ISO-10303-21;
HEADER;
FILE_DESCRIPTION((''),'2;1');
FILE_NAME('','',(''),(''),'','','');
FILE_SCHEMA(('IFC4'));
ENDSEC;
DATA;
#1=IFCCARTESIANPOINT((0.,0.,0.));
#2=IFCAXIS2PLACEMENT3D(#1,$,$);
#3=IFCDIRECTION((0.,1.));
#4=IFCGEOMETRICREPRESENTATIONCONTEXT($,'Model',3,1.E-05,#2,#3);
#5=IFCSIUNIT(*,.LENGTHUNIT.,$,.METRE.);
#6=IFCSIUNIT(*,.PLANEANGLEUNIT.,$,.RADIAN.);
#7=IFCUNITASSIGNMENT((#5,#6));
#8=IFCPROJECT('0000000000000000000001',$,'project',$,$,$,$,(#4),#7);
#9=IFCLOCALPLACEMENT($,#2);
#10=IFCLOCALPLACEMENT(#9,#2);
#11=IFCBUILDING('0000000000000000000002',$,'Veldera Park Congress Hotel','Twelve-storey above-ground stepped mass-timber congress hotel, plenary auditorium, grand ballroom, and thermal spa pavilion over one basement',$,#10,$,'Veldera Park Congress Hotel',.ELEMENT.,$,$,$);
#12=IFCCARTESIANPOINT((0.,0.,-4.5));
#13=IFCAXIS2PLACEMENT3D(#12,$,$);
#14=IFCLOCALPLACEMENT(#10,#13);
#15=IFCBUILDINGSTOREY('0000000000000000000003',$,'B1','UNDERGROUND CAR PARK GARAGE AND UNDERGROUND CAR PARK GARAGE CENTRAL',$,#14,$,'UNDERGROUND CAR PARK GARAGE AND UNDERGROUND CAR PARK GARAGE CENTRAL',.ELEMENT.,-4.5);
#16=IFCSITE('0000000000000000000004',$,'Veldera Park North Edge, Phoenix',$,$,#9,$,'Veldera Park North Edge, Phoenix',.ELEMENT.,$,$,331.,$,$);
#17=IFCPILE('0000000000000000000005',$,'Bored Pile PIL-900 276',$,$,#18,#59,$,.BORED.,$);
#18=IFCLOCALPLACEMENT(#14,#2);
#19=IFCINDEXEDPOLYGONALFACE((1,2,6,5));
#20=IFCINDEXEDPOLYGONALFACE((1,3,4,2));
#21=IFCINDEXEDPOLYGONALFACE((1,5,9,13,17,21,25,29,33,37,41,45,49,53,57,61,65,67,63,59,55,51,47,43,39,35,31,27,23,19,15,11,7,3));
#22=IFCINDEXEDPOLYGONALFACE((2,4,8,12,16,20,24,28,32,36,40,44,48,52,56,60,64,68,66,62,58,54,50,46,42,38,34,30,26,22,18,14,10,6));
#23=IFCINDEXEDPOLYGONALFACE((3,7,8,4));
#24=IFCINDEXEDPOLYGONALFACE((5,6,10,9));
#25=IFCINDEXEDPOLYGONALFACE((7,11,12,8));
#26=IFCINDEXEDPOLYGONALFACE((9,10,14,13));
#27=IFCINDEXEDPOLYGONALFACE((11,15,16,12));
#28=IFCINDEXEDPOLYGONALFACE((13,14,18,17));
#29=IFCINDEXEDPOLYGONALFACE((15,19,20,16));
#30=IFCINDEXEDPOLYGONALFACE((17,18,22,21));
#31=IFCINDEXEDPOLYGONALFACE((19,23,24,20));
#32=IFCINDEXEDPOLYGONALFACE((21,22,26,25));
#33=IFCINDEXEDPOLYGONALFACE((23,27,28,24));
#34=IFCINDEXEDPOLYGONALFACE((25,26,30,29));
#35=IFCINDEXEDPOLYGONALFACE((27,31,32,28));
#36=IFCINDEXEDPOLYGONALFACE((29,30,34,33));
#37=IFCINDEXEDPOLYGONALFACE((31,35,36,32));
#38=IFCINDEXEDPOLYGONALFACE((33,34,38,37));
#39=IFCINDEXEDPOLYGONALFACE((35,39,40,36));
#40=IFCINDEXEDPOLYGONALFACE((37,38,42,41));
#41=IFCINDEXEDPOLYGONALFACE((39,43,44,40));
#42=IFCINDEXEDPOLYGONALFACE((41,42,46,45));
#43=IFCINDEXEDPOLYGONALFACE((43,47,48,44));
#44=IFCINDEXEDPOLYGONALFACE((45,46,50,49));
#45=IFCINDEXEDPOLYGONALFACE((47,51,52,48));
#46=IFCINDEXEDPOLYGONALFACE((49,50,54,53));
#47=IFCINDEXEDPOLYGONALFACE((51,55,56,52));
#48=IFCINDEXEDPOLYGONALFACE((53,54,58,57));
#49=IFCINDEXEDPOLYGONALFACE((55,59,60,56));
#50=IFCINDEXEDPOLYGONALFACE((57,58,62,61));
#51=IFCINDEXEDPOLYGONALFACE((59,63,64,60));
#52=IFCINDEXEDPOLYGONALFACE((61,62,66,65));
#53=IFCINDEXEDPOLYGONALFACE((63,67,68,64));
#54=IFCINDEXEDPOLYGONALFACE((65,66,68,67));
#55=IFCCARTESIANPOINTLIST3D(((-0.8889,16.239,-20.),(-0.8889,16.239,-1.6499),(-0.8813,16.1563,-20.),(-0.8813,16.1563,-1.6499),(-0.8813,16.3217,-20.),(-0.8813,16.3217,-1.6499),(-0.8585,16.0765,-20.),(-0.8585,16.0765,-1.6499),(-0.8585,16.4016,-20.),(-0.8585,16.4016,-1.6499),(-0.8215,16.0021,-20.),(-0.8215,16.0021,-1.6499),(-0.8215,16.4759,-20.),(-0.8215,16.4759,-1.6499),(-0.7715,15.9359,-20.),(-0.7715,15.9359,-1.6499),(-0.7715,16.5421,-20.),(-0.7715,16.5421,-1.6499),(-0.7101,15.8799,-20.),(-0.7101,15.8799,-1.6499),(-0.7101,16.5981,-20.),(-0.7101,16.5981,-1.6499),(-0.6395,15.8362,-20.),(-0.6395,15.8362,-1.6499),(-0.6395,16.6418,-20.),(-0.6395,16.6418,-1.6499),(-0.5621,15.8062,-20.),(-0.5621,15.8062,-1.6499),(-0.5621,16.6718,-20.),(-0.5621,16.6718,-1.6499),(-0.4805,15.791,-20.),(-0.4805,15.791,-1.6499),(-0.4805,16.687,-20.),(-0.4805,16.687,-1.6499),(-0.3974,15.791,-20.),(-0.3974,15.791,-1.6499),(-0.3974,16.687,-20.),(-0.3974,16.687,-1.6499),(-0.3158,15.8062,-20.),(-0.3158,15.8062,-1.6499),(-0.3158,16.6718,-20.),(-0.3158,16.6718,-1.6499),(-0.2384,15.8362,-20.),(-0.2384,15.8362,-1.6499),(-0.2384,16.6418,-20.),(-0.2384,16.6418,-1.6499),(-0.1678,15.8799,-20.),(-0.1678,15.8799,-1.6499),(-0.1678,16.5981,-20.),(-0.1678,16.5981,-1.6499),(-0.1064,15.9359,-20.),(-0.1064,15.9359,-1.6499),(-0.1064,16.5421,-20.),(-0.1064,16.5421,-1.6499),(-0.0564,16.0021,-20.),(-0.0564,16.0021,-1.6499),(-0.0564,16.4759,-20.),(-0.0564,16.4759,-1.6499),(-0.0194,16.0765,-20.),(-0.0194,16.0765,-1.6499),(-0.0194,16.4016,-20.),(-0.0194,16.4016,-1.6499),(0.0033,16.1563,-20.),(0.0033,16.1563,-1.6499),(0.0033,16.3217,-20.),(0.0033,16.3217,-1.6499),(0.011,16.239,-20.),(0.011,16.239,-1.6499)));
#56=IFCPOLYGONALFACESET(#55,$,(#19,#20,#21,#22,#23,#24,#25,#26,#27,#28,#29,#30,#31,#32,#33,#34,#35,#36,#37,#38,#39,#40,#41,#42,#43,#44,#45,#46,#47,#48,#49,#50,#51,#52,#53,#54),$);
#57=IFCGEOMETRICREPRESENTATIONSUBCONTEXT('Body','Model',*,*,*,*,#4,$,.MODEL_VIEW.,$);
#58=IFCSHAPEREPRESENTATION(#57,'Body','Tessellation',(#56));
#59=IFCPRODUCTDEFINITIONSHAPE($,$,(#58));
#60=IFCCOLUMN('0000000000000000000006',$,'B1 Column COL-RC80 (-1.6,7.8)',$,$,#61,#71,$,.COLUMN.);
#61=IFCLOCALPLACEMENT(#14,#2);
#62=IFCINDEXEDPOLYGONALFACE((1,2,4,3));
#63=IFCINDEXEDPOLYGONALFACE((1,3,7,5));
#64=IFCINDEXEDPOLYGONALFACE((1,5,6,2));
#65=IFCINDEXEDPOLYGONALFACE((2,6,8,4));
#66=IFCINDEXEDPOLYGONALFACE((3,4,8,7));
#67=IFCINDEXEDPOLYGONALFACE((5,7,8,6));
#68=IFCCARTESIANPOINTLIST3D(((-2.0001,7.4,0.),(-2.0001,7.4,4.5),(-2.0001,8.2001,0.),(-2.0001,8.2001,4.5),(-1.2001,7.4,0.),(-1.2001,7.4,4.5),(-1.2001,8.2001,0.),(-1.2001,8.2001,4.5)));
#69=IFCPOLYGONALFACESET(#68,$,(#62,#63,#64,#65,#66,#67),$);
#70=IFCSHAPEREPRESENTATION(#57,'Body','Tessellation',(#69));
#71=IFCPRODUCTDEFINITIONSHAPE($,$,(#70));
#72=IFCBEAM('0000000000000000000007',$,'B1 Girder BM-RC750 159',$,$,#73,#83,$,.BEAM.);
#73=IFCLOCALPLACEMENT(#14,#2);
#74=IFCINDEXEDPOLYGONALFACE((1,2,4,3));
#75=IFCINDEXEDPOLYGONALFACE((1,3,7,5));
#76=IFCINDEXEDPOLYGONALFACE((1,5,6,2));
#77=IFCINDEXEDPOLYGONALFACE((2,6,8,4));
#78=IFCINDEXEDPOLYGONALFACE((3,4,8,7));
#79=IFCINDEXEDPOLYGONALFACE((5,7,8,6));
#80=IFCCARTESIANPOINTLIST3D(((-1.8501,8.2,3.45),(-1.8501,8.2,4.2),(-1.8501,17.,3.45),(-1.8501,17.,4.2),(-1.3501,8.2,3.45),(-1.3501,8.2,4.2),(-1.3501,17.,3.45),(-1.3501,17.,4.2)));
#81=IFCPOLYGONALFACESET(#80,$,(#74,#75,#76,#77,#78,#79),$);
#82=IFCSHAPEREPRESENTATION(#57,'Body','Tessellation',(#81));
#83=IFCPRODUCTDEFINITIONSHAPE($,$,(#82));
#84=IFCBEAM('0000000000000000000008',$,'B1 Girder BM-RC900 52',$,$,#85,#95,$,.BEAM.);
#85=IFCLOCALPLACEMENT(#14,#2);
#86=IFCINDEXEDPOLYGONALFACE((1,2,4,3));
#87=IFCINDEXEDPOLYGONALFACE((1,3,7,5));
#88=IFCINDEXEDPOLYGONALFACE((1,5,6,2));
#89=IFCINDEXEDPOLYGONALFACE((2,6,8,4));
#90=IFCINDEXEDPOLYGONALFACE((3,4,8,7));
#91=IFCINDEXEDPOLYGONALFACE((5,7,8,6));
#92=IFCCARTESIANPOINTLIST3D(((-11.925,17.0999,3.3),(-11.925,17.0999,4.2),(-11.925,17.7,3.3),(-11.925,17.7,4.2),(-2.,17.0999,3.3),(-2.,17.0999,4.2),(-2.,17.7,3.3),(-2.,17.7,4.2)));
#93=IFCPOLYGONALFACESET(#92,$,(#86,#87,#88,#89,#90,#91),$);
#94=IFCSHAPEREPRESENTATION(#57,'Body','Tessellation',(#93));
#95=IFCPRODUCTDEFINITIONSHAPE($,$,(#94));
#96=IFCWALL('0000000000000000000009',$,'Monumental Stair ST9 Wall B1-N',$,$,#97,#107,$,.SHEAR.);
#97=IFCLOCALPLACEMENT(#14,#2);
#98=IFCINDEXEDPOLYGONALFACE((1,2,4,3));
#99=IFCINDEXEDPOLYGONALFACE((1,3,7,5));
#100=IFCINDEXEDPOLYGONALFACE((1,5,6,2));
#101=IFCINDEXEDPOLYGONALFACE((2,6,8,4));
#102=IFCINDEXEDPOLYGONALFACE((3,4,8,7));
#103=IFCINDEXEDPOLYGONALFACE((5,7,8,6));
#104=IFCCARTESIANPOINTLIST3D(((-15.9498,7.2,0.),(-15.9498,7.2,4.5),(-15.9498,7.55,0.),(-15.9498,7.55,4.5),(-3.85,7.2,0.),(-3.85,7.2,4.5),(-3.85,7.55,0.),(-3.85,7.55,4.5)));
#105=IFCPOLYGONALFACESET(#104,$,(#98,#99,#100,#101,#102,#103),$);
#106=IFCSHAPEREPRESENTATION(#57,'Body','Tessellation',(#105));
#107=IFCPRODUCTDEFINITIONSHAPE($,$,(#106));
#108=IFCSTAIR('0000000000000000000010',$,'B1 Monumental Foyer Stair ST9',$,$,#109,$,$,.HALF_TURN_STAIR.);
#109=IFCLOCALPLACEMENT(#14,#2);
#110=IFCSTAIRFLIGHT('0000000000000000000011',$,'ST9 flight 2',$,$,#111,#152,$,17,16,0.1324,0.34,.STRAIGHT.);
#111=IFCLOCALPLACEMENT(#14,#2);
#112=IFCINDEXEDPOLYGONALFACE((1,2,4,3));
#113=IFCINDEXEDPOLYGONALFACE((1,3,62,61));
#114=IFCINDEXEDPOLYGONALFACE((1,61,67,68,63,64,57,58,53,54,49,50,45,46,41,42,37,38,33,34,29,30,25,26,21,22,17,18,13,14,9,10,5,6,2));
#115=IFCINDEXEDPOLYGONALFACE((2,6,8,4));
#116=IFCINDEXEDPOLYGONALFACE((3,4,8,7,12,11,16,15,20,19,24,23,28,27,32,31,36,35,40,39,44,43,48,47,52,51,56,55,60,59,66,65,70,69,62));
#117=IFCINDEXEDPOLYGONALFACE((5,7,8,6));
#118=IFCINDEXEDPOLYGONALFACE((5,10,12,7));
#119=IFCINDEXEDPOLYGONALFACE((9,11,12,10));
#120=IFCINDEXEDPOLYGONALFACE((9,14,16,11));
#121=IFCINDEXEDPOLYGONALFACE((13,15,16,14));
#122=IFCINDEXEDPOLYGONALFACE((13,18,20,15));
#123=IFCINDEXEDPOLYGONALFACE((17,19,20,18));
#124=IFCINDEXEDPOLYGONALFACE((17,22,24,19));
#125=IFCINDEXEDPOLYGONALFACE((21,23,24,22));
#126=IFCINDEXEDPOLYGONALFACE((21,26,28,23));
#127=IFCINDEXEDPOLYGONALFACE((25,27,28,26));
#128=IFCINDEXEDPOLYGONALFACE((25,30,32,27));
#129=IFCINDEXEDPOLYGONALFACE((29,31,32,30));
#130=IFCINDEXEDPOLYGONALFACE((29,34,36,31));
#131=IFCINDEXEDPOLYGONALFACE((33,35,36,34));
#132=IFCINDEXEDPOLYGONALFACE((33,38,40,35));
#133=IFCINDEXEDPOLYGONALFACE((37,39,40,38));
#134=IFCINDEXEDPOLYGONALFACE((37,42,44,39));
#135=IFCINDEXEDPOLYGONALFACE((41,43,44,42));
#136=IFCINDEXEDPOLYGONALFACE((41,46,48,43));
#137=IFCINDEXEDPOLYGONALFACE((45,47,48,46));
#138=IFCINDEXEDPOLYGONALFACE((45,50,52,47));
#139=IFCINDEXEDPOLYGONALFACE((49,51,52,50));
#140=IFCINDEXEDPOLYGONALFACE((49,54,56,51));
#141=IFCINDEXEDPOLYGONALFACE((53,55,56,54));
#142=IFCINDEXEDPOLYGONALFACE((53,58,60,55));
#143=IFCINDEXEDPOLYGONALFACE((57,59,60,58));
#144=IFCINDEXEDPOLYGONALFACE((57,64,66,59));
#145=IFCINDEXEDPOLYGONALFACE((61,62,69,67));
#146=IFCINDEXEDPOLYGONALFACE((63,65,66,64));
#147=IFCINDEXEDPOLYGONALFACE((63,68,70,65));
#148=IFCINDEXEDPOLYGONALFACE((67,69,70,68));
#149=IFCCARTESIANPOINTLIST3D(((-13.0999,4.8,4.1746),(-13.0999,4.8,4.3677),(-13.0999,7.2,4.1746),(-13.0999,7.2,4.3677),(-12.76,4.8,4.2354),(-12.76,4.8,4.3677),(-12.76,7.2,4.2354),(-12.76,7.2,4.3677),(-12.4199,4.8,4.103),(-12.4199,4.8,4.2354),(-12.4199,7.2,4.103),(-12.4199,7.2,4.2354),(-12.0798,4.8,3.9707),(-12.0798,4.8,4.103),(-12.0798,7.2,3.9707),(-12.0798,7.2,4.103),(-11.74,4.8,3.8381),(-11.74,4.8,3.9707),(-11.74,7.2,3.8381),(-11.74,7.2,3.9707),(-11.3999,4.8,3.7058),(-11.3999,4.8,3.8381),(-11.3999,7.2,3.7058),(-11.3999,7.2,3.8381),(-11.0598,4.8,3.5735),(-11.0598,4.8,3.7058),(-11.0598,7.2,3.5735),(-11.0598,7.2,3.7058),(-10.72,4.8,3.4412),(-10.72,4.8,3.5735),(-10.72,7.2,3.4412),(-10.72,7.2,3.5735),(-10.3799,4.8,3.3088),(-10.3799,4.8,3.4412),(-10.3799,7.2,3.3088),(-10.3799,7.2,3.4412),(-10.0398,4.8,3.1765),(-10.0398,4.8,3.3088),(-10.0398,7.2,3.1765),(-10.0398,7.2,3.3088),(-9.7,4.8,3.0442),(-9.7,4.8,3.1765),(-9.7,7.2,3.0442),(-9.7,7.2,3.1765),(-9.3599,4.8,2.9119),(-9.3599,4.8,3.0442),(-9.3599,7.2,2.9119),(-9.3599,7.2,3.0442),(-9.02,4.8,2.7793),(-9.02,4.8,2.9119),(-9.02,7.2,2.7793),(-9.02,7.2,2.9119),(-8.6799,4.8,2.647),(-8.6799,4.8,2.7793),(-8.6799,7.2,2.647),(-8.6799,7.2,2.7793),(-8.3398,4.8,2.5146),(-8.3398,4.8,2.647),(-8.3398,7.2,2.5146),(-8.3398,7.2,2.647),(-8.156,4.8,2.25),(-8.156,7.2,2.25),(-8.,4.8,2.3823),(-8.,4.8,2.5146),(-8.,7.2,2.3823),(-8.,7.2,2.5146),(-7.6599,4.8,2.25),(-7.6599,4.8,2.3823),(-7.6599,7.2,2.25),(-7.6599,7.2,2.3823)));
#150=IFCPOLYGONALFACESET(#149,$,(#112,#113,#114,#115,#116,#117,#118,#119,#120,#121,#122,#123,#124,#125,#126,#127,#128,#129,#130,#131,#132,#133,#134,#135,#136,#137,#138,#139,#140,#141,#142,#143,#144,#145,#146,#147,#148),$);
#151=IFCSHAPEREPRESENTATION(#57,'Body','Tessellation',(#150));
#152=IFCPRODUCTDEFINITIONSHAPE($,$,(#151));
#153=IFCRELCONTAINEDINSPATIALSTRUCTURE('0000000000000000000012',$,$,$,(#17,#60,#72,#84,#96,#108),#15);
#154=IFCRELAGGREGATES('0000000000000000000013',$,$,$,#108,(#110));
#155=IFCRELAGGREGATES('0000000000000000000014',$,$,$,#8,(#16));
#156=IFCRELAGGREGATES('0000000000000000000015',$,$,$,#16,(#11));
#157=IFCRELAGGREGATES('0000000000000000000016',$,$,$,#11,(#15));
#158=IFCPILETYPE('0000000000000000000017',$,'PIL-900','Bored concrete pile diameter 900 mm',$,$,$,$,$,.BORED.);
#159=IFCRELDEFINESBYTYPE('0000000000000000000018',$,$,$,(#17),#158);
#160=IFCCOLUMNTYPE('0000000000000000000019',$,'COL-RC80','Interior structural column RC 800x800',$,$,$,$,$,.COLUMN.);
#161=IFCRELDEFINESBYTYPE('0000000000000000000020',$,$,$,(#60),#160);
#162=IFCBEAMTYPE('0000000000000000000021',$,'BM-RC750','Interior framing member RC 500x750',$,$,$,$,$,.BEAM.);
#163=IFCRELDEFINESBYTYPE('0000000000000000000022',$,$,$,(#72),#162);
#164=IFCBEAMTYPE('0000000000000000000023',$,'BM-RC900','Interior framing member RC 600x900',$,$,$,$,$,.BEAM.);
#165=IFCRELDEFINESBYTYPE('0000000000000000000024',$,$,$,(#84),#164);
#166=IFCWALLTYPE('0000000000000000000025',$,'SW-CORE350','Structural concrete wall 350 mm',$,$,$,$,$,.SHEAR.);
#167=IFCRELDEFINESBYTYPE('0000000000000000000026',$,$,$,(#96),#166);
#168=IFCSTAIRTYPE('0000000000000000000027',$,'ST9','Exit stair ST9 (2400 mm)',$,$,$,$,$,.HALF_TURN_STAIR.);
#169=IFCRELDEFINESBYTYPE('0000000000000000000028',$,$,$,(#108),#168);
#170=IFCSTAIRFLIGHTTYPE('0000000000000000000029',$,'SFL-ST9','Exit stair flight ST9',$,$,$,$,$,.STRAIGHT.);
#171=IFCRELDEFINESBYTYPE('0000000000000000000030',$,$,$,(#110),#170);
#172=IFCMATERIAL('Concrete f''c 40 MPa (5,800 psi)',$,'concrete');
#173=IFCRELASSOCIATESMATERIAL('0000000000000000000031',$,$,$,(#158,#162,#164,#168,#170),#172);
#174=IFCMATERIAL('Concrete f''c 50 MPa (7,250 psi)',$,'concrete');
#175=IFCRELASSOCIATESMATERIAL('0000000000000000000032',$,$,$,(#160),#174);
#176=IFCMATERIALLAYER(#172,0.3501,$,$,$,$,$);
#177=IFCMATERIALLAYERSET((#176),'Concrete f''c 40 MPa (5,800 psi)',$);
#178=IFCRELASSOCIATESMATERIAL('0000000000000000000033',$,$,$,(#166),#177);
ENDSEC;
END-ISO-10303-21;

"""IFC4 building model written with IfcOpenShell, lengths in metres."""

from ifc_helpers import new_model, si_unit, direction, frame, frame_2d, origin, origin_2d, place, context, subcontext, project, spatial, polyline, rectangle, circle, outline, extrude, material, layer, layer_set, material_profile, profile_set, type_object, element, aggregate, save


model = new_model("IFC4")

# Units and contexts
model_context = context("Model", 3, precision=1e-05, world=origin(), true_north=direction((0.0, 1.0)))
body_context = subcontext(model_context, "Body", "Model", "MODEL_VIEW")
ifc_project = project(units=[si_unit("LENGTHUNIT", "METRE"), si_unit("PLANEANGLEUNIT", "RADIAN")], contexts=[model_context])

# Site, building, storey
site_placement = place(None, origin())
site = spatial("IfcSite", under=ifc_project, at=site_placement, Name="Veldera Park North Edge, Phoenix", LongName="Veldera Park North Edge, Phoenix", CompositionType="ELEMENT", RefElevation=331.0)
building_placement = place(site_placement, origin())
building = spatial("IfcBuilding", under=site, at=building_placement, Name="Veldera Park Congress Hotel", Description="Twelve-storey above-ground stepped mass-timber congress hotel, plenary auditorium, grand ballroom, and thermal spa pavilion over one basement", LongName="Veldera Park Congress Hotel", CompositionType="ELEMENT")
storey_placement = place(building_placement, frame((0.0, 0.0, -4.5)))
storey = spatial("IfcBuildingStorey", under=building, at=storey_placement, Name="B1", Description="UNDERGROUND CAR PARK GARAGE AND UNDERGROUND CAR PARK GARAGE CENTRAL", LongName="UNDERGROUND CAR PARK GARAGE AND UNDERGROUND CAR PARK GARAGE CENTRAL", CompositionType="ELEMENT", Elevation=-4.5)

# Shared definitions
ifc_material_1 = material(Name="Concrete f'c 40 MPa (5,800 psi)", Category="concrete")

# Pile
ifc_material_profile_1 = material_profile(ifc_material_1, circle(Radius=0.45, at=origin_2d()), Name="PILE D900")
ifc_profile_set_1 = profile_set([ifc_material_profile_1], Name="Concrete f'c 40 MPa (5,800 psi)")
pile_type_1 = type_object("IfcPileType", Name="PIL-900", Description="Bored concrete pile diameter 900 mm", PredefinedType="BORED", material=ifc_profile_set_1)
for number, where, z_axis, x_axis, name in (
    (1, (-0.439, 16.239, -1.6499), (0.0, 0.0, -1.0), (1.0, 0.0, 0.0), "Bored Pile PIL-900 276"),
):
    element("IfcPile", number, at=place(storey_placement, frame(where, z_axis=z_axis, x_axis=x_axis)), inside=storey, type_object=pile_type_1, Name=name, PredefinedType="BORED", context=body_context, shape_type="SweptSolid", body=[
        extrude(circle(Radius=0.45, at=origin_2d()), origin(), (0.0, 0.0, 1.0), 18.3501),
    ])

# Column
ifc_material_2 = material(Name="Concrete f'c 50 MPa (7,250 psi)", Category="concrete")
ifc_material_profile_2 = material_profile(ifc_material_2, rectangle(XDim=0.8, YDim=0.8, at=origin_2d()), Name="RC 800x800")
ifc_profile_set_2 = profile_set([ifc_material_profile_2], Name="Concrete f'c 50 MPa (7,250 psi)")
column_type = type_object("IfcColumnType", Name="COL-RC80", Description="Interior structural column RC 800x800", PredefinedType="COLUMN", material=ifc_profile_set_2)
column_placement = place(storey_placement, frame((-1.6001, 7.8, 0.0), z_axis=(0.0, 0.0, 1.0), x_axis=(1.0, 0.0, 0.0)))
element("IfcColumn", 2, at=column_placement, inside=storey, type_object=column_type, Name="B1 Column COL-RC80 (-1.6,7.8)", PredefinedType="COLUMN", context=body_context, shape_type="SweptSolid", body=[
    extrude(rectangle(XDim=0.8, YDim=0.8, at=origin_2d()), origin(), (0.0, 0.0, 1.0), 4.5),
])

# Beams
ifc_material_profile_3 = material_profile(ifc_material_1, rectangle(XDim=0.5, YDim=0.75, at=origin_2d()), Name="RC 500x750")
ifc_profile_set_3 = profile_set([ifc_material_profile_3], Name="Concrete f'c 40 MPa (5,800 psi)")
beam_type_1 = type_object("IfcBeamType", Name="BM-RC750", Description="Interior framing member RC 500x750", PredefinedType="BEAM", material=ifc_profile_set_3)
beam_1_placement = place(storey_placement, frame((-1.6001, 8.2, 3.825), z_axis=(0.0, 1.0, 0.0), x_axis=(-1.0, 0.0, 0.0)))
element("IfcBeam", 3, at=beam_1_placement, inside=storey, type_object=beam_type_1, Name="B1 Girder BM-RC750 159", PredefinedType="BEAM", context=body_context, shape_type="SweptSolid", body=[
    extrude(rectangle(XDim=0.5, YDim=0.75, at=origin_2d()), origin(), (0.0, 0.0, 1.0), 8.8),
])
ifc_material_profile_4 = material_profile(ifc_material_1, rectangle(XDim=0.6001, YDim=0.8999, at=origin_2d()), Name="RC 600x900")
ifc_profile_set_4 = profile_set([ifc_material_profile_4], Name="Concrete f'c 40 MPa (5,800 psi)")
beam_type_2 = type_object("IfcBeamType", Name="BM-RC900", Description="Interior framing member RC 600x900", PredefinedType="BEAM", material=ifc_profile_set_4)
beam_2_placement = place(storey_placement, frame((-11.925, 17.3999, 3.75), z_axis=(1.0, 0.0, 0.0), x_axis=(0.0, 1.0, 0.0)))
element("IfcBeam", 4, at=beam_2_placement, inside=storey, type_object=beam_type_2, Name="B1 Girder BM-RC900 52", PredefinedType="BEAM", context=body_context, shape_type="SweptSolid", body=[
    extrude(rectangle(XDim=0.6001, YDim=0.8999, at=origin_2d()), origin(), (0.0, 0.0, 1.0), 9.925),
])

# Wall
ifc_layer = layer(ifc_material_1, 0.3501)
ifc_layer_set = layer_set([ifc_layer], Name="Concrete f'c 40 MPa (5,800 psi)")
wall_type = type_object("IfcWallType", Name="SW-CORE350", Description="Structural concrete wall 350 mm", PredefinedType="SHEAR", material=ifc_layer_set)
wall_placement = place(storey_placement, frame((-3.8501, 7.375, 0.0), z_axis=(0.0, 0.0, 1.0), x_axis=(-1.0, 0.0, 0.0)))
element("IfcWall", 5, at=wall_placement, inside=storey, type_object=wall_type, Name="Monumental Stair ST9 Wall B1-N", PredefinedType="SHEAR", context=body_context, shape_type="SweptSolid", body=[
    extrude(rectangle(XDim=12.0999, YDim=0.3501, at=frame_2d((6.0498, 0.0))), origin(), (0.0, 0.0, 1.0), 4.5),
])

# Stair, stair flight
stair_type = type_object("IfcStairType", Name="ST9", Description="Exit stair ST9 (2400 mm)", PredefinedType="HALF_TURN_STAIR", material=ifc_material_1)
stair_placement = place(storey_placement, origin())
stair = element("IfcStair", 6, at=stair_placement, inside=storey, type_object=stair_type, Name="B1 Monumental Foyer Stair ST9", PredefinedType="HALF_TURN_STAIR")
stair_flight_type = type_object("IfcStairFlightType", Name="SFL-ST9", Description="Exit stair flight ST9", PredefinedType="STRAIGHT", material=ifc_material_1)
stair_flight_placement = place(storey_placement, frame((-7.6599, 6.0, 2.25), z_axis=(0.0, 0.0, 1.0), x_axis=(-1.0, 0.0, 0.0)))
stair_flight = element("IfcStairFlight", 7, at=stair_flight_placement, type_object=stair_flight_type, Name="ST9 flight 2", NumberOfRisers=17, NumberOfTreads=16, PredefinedType="STRAIGHT", RiserHeight=0.1324, TreadLength=0.34, context=body_context, shape_type="SweptSolid", body=[
    extrude(outline(polyline([(0.0, 0.0), (0.0, 0.1323), (0.3401, 0.1323), (0.3401, 0.2646), (0.6799, 0.2646), (0.6799, 0.397), (1.02, 0.397), (1.02, 0.5293), (1.3601, 0.5293), (1.3601, 0.6619), (1.7, 0.6619), (1.7, 0.7942), (2.04, 0.7942), (2.04, 0.9265), (2.3799, 0.9265), (2.3799, 1.0588), (2.72, 1.0588), (2.72, 1.1912), (3.0601, 1.1912), (3.0601, 1.3235), (3.3999, 1.3235), (3.3999, 1.4558), (3.74, 1.4558), (3.74, 1.5881), (4.0801, 1.5881), (4.0801, 1.7207), (4.4199, 1.7207), (4.4199, 1.853), (4.76, 1.853), (4.76, 1.9854), (5.1001, 1.9854), (5.1001, 2.1177), (5.4399, 2.1177), (5.4399, 2.25), (5.4399, 2.25), (5.4399, 1.9246), (0.4961, 0.0), (0.0, 0.0)])), frame((0.0, 1.2, 0.0), z_axis=(0.0, -1.0, 0.0), x_axis=(1.0, 0.0, 0.0)), (0.0, 0.0, 1.0), 2.3999),
])
aggregate(stair, [stair_flight])

save(model, "model.ifc")
